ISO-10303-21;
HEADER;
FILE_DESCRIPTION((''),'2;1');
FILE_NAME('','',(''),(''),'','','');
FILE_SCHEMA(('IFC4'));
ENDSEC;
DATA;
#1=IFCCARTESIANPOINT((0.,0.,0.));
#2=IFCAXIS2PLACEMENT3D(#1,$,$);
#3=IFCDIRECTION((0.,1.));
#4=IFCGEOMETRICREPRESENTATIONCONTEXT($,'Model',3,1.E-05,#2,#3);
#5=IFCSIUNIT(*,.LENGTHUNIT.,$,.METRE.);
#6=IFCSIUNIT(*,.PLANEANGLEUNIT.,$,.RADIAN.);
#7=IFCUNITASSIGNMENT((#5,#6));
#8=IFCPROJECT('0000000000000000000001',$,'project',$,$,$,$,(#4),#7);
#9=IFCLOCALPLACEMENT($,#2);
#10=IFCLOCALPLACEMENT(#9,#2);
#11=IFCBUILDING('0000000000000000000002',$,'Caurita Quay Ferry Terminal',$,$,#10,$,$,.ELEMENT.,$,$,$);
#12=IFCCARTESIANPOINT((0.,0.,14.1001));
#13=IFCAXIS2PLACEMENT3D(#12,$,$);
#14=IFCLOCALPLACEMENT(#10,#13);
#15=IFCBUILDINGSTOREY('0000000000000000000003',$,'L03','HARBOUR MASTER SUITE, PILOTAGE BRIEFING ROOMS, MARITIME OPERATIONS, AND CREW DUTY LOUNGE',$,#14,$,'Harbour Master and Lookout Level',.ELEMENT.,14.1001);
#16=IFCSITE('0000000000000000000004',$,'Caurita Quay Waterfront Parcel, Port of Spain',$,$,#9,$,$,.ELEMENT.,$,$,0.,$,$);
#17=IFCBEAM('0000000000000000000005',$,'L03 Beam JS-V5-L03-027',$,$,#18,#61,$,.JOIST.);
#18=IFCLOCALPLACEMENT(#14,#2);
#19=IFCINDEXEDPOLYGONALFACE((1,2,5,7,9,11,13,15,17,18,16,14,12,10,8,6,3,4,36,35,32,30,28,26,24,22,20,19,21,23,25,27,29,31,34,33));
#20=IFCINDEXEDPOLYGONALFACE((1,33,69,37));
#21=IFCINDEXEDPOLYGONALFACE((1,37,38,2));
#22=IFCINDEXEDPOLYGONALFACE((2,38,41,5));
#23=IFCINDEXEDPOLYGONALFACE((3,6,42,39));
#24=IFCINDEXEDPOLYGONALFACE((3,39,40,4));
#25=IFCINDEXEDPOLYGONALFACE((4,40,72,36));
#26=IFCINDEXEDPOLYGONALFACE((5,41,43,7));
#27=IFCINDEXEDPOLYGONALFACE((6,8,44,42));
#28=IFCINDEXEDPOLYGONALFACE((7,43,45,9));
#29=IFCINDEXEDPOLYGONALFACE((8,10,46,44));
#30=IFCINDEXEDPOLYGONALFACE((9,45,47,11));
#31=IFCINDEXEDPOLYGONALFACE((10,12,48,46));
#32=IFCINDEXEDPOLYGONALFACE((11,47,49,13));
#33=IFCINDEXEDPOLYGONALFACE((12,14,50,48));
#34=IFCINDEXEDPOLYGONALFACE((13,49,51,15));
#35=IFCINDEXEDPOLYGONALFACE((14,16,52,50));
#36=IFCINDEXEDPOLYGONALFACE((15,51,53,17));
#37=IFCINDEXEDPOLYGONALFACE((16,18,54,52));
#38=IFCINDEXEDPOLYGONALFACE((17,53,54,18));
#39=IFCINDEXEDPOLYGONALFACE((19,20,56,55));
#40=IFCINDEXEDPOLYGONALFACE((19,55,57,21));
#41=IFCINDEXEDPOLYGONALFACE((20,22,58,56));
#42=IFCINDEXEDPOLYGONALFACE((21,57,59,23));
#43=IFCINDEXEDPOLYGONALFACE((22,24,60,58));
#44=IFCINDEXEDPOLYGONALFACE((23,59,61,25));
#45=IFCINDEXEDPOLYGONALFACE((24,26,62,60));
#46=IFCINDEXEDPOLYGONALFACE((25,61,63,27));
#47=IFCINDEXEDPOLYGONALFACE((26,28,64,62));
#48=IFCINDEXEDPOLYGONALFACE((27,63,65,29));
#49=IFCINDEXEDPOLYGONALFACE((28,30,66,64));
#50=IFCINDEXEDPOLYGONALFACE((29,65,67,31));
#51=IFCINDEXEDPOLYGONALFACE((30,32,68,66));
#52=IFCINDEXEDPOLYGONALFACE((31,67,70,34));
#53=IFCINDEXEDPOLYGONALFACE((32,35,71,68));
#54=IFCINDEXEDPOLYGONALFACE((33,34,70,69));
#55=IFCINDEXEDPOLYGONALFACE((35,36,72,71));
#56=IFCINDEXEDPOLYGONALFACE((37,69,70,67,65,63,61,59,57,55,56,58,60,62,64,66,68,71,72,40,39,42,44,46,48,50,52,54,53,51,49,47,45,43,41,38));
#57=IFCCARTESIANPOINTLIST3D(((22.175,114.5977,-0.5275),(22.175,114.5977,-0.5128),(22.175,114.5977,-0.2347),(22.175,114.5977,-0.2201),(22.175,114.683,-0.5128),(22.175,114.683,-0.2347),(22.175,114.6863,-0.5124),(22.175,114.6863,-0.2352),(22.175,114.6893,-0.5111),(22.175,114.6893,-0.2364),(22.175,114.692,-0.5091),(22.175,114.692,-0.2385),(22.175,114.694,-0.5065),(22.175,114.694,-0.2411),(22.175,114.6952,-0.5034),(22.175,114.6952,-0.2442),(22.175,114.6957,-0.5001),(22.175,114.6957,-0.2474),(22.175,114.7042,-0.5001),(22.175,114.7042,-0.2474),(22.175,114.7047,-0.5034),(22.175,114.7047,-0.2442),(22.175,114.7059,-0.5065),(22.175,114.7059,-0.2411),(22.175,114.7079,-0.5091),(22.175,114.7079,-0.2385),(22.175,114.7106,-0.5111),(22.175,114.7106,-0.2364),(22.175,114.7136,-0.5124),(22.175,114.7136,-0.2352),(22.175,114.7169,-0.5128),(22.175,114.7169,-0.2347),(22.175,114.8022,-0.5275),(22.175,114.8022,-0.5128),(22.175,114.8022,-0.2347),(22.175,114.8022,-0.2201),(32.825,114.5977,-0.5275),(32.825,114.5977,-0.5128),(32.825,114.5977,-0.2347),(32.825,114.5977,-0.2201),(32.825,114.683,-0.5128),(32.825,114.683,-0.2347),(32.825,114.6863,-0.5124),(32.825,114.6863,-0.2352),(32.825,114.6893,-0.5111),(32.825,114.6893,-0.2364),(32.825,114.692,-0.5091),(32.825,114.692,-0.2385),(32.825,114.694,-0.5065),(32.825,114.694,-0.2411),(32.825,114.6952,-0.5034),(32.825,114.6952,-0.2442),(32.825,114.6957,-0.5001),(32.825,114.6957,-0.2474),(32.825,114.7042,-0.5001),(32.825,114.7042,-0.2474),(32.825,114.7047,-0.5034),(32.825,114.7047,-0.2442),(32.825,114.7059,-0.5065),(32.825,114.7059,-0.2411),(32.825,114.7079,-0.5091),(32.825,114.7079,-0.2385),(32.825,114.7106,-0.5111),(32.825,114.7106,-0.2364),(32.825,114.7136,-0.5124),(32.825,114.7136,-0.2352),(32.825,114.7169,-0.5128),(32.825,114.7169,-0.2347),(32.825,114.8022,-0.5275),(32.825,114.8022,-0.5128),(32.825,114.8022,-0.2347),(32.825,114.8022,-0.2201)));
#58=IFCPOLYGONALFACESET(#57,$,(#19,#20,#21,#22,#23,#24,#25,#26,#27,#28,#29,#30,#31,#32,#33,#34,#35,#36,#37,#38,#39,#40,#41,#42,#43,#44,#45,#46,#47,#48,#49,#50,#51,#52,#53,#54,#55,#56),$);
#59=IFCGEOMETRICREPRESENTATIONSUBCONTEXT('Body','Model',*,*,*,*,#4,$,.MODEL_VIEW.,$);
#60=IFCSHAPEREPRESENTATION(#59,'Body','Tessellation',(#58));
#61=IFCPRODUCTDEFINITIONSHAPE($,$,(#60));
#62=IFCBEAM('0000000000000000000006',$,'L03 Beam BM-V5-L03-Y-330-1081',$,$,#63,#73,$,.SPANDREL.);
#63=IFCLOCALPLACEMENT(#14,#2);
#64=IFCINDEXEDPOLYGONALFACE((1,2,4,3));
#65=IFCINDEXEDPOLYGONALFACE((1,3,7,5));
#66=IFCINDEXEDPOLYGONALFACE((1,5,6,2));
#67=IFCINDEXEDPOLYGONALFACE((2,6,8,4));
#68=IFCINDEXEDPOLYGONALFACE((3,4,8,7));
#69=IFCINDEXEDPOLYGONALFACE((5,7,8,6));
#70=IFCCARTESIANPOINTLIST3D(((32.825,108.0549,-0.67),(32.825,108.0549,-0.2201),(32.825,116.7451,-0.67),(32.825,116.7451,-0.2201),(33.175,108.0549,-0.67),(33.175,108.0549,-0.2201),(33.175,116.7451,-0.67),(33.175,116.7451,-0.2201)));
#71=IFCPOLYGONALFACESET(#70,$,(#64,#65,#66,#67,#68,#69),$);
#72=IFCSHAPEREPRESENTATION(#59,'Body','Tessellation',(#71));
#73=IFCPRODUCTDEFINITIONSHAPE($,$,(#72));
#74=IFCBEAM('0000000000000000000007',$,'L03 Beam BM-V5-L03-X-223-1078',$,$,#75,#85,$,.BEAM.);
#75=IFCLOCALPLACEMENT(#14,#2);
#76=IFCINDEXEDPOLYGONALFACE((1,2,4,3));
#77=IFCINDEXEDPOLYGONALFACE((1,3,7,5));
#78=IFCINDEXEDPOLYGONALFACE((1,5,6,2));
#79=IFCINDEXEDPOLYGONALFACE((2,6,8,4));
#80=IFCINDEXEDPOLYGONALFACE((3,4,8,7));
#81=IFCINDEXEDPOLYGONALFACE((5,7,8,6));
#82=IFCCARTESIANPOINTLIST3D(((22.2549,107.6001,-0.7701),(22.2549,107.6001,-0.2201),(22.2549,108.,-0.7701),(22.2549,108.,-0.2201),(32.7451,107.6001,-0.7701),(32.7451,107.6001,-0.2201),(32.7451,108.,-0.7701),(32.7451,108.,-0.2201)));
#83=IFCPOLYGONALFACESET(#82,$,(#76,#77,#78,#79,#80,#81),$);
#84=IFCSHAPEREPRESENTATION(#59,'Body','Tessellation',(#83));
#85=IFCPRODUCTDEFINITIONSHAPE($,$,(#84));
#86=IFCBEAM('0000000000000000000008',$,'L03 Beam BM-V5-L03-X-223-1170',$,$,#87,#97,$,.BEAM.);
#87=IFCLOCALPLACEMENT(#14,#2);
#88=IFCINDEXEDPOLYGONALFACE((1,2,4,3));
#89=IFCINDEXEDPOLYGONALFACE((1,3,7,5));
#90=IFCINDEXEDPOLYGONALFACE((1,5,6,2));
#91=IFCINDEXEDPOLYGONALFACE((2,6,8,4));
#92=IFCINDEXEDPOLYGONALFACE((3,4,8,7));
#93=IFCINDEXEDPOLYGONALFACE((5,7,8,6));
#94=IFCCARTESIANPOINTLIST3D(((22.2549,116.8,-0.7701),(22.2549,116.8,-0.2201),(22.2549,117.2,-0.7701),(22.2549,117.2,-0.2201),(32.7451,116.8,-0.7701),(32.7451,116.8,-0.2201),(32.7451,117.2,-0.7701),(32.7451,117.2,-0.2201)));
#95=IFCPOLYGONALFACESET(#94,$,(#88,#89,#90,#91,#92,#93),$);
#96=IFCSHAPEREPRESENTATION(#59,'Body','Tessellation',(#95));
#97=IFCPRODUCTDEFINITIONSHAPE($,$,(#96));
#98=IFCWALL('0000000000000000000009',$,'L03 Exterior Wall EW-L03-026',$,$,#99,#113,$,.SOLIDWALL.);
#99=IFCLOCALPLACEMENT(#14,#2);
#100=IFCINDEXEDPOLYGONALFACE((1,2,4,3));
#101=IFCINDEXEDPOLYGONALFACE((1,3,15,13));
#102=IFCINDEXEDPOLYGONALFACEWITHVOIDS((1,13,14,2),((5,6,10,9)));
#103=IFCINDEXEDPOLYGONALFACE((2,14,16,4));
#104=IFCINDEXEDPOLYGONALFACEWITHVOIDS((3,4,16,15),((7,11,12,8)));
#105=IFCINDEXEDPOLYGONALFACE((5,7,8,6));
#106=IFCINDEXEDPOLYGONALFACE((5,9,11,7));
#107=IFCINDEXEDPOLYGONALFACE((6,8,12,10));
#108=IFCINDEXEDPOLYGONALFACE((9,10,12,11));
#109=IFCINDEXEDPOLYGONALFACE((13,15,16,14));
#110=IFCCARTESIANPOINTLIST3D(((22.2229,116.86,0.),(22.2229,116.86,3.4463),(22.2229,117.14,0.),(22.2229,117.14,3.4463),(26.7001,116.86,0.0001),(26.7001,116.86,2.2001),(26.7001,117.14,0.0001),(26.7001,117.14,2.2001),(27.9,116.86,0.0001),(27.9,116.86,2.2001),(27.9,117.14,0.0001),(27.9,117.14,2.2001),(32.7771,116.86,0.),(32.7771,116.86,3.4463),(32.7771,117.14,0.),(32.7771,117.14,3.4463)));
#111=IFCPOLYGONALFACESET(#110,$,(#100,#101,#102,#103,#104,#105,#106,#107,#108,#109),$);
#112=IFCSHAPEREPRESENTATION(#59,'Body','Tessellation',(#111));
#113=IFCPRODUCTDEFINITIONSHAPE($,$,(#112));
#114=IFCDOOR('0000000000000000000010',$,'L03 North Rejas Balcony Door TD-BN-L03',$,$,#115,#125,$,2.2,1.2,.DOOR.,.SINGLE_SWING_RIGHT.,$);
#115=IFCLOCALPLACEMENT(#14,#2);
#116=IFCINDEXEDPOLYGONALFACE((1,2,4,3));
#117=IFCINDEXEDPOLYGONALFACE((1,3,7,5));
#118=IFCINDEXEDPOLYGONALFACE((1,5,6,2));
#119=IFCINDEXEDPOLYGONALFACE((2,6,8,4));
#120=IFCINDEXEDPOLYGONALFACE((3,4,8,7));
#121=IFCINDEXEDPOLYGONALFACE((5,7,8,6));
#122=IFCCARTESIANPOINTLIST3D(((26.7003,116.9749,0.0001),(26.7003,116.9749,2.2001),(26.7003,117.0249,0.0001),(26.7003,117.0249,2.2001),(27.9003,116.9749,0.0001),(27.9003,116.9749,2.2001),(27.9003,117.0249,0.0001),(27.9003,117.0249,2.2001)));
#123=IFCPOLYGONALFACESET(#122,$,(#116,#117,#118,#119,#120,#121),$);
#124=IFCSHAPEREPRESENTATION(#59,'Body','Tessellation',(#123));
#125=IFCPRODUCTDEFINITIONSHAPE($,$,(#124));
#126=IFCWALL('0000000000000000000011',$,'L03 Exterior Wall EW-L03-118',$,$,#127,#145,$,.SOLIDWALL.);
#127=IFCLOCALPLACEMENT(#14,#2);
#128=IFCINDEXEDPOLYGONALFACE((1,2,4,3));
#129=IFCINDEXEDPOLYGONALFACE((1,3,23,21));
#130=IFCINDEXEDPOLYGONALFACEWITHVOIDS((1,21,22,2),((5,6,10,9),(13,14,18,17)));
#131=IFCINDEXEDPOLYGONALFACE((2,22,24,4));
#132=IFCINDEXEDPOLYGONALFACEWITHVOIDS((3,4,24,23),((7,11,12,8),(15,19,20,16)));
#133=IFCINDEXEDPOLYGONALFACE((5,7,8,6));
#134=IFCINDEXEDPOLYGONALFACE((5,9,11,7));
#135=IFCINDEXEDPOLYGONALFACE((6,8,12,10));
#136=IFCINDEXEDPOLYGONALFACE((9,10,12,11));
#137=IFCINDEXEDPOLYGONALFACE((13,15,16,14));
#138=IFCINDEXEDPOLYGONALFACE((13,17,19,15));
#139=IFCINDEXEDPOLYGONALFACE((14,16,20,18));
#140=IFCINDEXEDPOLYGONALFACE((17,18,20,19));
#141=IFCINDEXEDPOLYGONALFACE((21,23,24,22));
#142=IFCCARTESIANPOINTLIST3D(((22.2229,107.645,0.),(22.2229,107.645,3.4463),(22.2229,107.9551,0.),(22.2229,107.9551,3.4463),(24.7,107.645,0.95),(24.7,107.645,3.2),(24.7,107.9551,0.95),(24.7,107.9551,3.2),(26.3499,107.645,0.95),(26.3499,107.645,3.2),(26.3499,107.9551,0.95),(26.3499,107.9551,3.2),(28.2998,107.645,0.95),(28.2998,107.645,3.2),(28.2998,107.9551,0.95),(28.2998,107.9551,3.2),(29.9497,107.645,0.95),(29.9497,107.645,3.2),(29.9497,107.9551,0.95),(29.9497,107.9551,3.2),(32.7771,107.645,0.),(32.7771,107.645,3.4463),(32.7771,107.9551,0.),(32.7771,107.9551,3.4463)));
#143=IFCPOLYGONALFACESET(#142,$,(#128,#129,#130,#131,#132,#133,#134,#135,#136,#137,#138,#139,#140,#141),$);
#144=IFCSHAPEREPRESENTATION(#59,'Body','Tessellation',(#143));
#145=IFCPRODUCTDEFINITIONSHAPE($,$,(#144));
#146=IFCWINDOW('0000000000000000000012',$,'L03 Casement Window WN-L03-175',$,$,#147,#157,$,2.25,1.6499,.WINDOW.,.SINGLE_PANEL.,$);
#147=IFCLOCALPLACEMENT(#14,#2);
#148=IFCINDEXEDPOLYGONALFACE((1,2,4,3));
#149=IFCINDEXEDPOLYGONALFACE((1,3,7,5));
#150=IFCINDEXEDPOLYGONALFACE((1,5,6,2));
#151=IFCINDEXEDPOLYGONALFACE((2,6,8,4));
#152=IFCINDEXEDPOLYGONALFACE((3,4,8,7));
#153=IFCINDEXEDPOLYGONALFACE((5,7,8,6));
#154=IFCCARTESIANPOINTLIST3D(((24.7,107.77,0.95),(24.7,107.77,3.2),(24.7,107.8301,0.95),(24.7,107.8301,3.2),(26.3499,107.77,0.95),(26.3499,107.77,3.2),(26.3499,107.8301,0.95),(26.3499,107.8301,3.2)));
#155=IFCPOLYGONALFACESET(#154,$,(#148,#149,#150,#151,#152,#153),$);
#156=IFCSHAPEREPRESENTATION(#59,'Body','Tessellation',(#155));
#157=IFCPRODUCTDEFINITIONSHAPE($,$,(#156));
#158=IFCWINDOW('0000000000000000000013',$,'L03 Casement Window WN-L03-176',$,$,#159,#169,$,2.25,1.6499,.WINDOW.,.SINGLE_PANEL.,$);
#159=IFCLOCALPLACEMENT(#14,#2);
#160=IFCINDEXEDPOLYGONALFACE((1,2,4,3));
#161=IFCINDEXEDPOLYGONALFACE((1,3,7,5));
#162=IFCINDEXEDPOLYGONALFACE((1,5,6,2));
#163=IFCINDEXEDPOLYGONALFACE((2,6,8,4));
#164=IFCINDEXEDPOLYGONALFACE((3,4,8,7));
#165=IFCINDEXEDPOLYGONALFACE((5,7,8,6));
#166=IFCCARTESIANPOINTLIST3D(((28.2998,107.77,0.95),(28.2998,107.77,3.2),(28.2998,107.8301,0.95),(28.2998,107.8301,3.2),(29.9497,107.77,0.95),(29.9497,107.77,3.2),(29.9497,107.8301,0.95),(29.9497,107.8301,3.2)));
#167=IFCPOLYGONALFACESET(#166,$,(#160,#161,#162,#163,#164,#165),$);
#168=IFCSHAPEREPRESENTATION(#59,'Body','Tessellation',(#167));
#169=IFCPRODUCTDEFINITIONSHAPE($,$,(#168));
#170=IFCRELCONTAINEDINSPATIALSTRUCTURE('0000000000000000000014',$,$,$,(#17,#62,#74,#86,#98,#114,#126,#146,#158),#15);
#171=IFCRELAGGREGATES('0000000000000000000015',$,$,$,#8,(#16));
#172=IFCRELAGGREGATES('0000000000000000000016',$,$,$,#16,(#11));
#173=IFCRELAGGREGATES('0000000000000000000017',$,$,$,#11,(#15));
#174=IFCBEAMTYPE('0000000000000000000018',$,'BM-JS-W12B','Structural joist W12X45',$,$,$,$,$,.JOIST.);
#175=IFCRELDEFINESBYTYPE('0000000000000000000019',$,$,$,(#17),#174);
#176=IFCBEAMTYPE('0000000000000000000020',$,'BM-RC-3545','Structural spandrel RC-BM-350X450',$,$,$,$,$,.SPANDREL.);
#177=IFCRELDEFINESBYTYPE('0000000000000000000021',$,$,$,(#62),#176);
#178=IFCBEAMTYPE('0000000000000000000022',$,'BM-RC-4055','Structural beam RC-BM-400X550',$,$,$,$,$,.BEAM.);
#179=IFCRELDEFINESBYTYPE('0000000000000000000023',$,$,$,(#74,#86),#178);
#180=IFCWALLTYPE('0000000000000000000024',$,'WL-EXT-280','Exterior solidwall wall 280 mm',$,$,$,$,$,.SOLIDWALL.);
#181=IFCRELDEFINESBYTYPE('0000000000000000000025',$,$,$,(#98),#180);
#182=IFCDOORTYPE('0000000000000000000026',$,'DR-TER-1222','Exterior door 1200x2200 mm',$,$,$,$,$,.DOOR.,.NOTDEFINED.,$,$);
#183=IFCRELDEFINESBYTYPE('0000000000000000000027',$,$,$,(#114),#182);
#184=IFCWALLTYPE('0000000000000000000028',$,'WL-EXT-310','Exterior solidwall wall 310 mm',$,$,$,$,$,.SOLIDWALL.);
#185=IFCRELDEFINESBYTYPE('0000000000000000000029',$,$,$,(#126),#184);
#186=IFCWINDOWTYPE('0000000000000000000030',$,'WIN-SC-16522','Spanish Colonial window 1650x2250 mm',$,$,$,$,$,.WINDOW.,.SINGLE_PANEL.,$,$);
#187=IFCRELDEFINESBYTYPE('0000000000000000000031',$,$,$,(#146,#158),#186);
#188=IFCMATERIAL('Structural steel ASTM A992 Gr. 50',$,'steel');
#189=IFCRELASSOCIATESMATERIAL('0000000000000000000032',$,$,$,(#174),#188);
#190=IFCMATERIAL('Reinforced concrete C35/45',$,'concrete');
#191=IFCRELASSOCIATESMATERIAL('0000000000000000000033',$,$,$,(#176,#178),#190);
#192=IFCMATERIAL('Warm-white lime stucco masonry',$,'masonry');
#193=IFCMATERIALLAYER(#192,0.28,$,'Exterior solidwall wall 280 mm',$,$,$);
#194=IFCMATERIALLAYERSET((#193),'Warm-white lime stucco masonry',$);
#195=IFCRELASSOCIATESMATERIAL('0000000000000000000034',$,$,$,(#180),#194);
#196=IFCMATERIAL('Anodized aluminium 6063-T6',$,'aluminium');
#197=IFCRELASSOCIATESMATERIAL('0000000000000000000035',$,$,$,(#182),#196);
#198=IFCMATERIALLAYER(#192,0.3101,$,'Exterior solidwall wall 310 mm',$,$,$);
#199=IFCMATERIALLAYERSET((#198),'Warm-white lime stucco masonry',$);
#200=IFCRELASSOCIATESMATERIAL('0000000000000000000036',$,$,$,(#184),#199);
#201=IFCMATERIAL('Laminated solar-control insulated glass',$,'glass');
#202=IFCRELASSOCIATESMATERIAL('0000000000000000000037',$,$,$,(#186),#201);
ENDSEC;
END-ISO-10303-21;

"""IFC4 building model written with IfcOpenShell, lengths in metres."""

from ifc_helpers import new_model, si_unit, direction, frame, frame_2d, origin, origin_2d, place, context, subcontext, project, spatial, rectangle, i_section, extrude, material, layer, layer_set, material_profile, profile_set, type_object, element, fill, save


model = new_model("IFC4")

# Units and contexts
model_context = context("Model", 3, precision=1e-05, world=origin(), true_north=direction((0.0, 1.0)))
body_context = subcontext(model_context, "Body", "Model", "MODEL_VIEW")
ifc_project = project(units=[si_unit("LENGTHUNIT", "METRE"), si_unit("PLANEANGLEUNIT", "RADIAN")], contexts=[model_context])

# Site, building, storey
site_placement = place(None, origin())
site = spatial("IfcSite", under=ifc_project, at=site_placement, Name="Caurita Quay Waterfront Parcel, Port of Spain", CompositionType="ELEMENT", RefElevation=0.0)
building_placement = place(site_placement, origin())
building = spatial("IfcBuilding", under=site, at=building_placement, Name="Caurita Quay Ferry Terminal", CompositionType="ELEMENT")
storey_placement = place(building_placement, frame((0.0, 0.0, 14.1001)))
storey = spatial("IfcBuildingStorey", under=building, at=storey_placement, Name="L03", Description="HARBOUR MASTER SUITE, PILOTAGE BRIEFING ROOMS, MARITIME OPERATIONS, AND CREW DUTY LOUNGE", LongName="Harbour Master and Lookout Level", CompositionType="ELEMENT", Elevation=14.1001)

# Shared definitions
ifc_material_1 = material(Name="Reinforced concrete C35/45", Category="concrete")

# Beams
ifc_material_2 = material(Name="Structural steel ASTM A992 Gr. 50", Category="steel")
ifc_material_profile_1 = material_profile(ifc_material_2, i_section(OverallWidth=0.2046, OverallDepth=0.3074, WebThickness=0.0085, FlangeThickness=0.0146, FilletRadius=0.0127, at=origin_2d()), Name="W12X45")
ifc_profile_set_1 = profile_set([ifc_material_profile_1], Name="Structural steel ASTM A992 Gr. 50")
beam_type_1 = type_object("IfcBeamType", Name="BM-JS-W12B", Description="Structural joist W12X45", PredefinedType="JOIST", material=ifc_profile_set_1)
for number, where, z_axis, x_axis, name in (
    (1, (22.175, 114.7, -0.3738), (1.0, 0.0, 0.0), (0.0, 1.0, 0.0), "L03 Beam JS-V5-L03-027"),
):
    element("IfcBeam", number, at=place(storey_placement, frame(where, z_axis=z_axis, x_axis=x_axis)), inside=storey, type_object=beam_type_1, Name=name, PredefinedType="JOIST", context=body_context, shape_type="SweptSolid", body=[
        extrude(i_section(OverallWidth=0.2046, OverallDepth=0.3074, WebThickness=0.0085, FlangeThickness=0.0146, FilletRadius=0.0127, at=origin_2d()), origin(), (0.0, 0.0, 1.0), 10.6499),
    ])
ifc_material_profile_2 = material_profile(ifc_material_1, rectangle(XDim=0.3501, YDim=0.45, at=origin_2d()), Name="RC-BM-350X450")
ifc_profile_set_2 = profile_set([ifc_material_profile_2], Name="Reinforced concrete C35/45")
beam_type_2 = type_object("IfcBeamType", Name="BM-RC-3545", Description="Structural spandrel RC-BM-350X450", PredefinedType="SPANDREL", material=ifc_profile_set_2)
beam_1_placement = place(storey_placement, frame((33.0, 108.0549, -0.4451), z_axis=(0.0, 1.0, 0.0), x_axis=(-1.0, 0.0, 0.0)))
element("IfcBeam", 2, at=beam_1_placement, inside=storey, type_object=beam_type_2, Name="L03 Beam BM-V5-L03-Y-330-1081", PredefinedType="SPANDREL", context=body_context, shape_type="SweptSolid", body=[
    extrude(rectangle(XDim=0.3501, YDim=0.45, at=origin_2d()), origin(), (0.0, 0.0, 1.0), 8.6902),
])
ifc_material_profile_3 = material_profile(ifc_material_1, rectangle(XDim=0.3999, YDim=0.55, at=origin_2d()), Name="RC-BM-400X550")
ifc_profile_set_3 = profile_set([ifc_material_profile_3], Name="Reinforced concrete C35/45")
beam_type_3 = type_object("IfcBeamType", Name="BM-RC-4055", Description="Structural beam RC-BM-400X550", PredefinedType="BEAM", material=ifc_profile_set_3)
for number, where, z_axis, x_axis, name in (
    (3, (22.2549, 107.8, -0.4951), (1.0, 0.0, 0.0), (0.0, 1.0, 0.0), "L03 Beam BM-V5-L03-X-223-1078"),
    (4, (22.2549, 117.0, -0.4951), (1.0, 0.0, 0.0), (0.0, 1.0, 0.0), "L03 Beam BM-V5-L03-X-223-1170"),
):
    element("IfcBeam", number, at=place(storey_placement, frame(where, z_axis=z_axis, x_axis=x_axis)), inside=storey, type_object=beam_type_3, Name=name, PredefinedType="BEAM", context=body_context, shape_type="SweptSolid", body=[
        extrude(rectangle(XDim=0.3999, YDim=0.55, at=origin_2d()), origin(), (0.0, 0.0, 1.0), 10.4902),
    ])

# Wall, opening, door
ifc_material_3 = material(Name="Warm-white lime stucco masonry", Category="masonry")
ifc_layer_1 = layer(ifc_material_3, 0.28, Name="Exterior solidwall wall 280 mm")
ifc_layer_set_1 = layer_set([ifc_layer_1], Name="Warm-white lime stucco masonry")
wall_type_1 = type_object("IfcWallType", Name="WL-EXT-280", Description="Exterior solidwall wall 280 mm", PredefinedType="SOLIDWALL", material=ifc_layer_set_1)
wall_1_placement = place(storey_placement, frame((32.7771, 117.0, 0.0), z_axis=(0.0, 0.0, 1.0), x_axis=(-1.0, 0.0, 0.0)))
wall_1 = element("IfcWall", 5, at=wall_1_placement, inside=storey, type_object=wall_type_1, Name="L03 Exterior Wall EW-L03-026", PredefinedType="SOLIDWALL", context=body_context, shape_type="SweptSolid", body=[
    extrude(rectangle(XDim=10.5542, YDim=0.28, at=frame_2d((5.2771, 0.0))), origin(), (0.0, 0.0, 1.0), 3.4463),
])
opening_1_placement = place(wall_1_placement, frame((4.877, 0.0, 0.0)))
opening_1 = element("IfcOpeningElement", 6, at=opening_1_placement, cuts=wall_1, PredefinedType="OPENING", context=body_context, shape_type="SweptSolid", body=[
    extrude(rectangle(XDim=1.2, YDim=2.2, at=frame_2d((0.6001, 1.1001))), frame((0.0, 0.1499, 0.0), z_axis=(0.0, -1.0, 0.0), x_axis=(1.0, 0.0, 0.0)), (0.0, 0.0, 1.0), 0.3),
])
ifc_material_4 = material(Name="Anodized aluminium 6063-T6", Category="aluminium")
door_type_1 = type_object("IfcDoorType", Name="DR-TER-1222", Description="Exterior door 1200x2200 mm", OperationType="NOTDEFINED", PredefinedType="DOOR", material=ifc_material_4)
door_1_placement = place(opening_1_placement, frame((1.2, 0.0, 0.0), z_axis=(0.0, 0.0, 1.0), x_axis=(-1.0, 0.0, 0.0)))
door_1 = element("IfcDoor", 7, at=door_1_placement, inside=storey, type_object=door_type_1, Name="L03 North Rejas Balcony Door TD-BN-L03", OperationType="SINGLE_SWING_RIGHT", OverallHeight=2.2, OverallWidth=1.2, PredefinedType="DOOR", context=body_context, shape_type="SweptSolid", body=[
    extrude(rectangle(XDim=1.2, YDim=2.2, at=frame_2d((0.6001, 1.1001))), frame((0.0, 0.0249, 0.0), z_axis=(0.0, -1.0, 0.0), x_axis=(1.0, 0.0, 0.0)), (0.0, 0.0, 1.0), 0.05),
])
fill(opening_1, door_1)

# Wall, openings, windows
ifc_layer_2 = layer(ifc_material_3, 0.3101, Name="Exterior solidwall wall 310 mm")
ifc_layer_set_2 = layer_set([ifc_layer_2], Name="Warm-white lime stucco masonry")
wall_type_2 = type_object("IfcWallType", Name="WL-EXT-310", Description="Exterior solidwall wall 310 mm", PredefinedType="SOLIDWALL", material=ifc_layer_set_2)
wall_2_placement = place(storey_placement, frame((22.2229, 107.8, 0.0), z_axis=(0.0, 0.0, 1.0), x_axis=(1.0, 0.0, 0.0)))
wall_2 = element("IfcWall", 8, at=wall_2_placement, inside=storey, type_object=wall_type_2, Name="L03 Exterior Wall EW-L03-118", PredefinedType="SOLIDWALL", context=body_context, shape_type="SweptSolid", body=[
    extrude(rectangle(XDim=10.5542, YDim=0.3101, at=frame_2d((5.2771, 0.0))), origin(), (0.0, 0.0, 1.0), 3.4463),
])
opening_2_placement = place(wall_2_placement, frame((2.4771, 0.0, 0.95)))
opening_2 = element("IfcOpeningElement", 9, at=opening_2_placement, cuts=wall_2, PredefinedType="OPENING", context=body_context, shape_type="SweptSolid", body=[
    extrude(rectangle(XDim=1.6499, YDim=2.25, at=frame_2d((0.825, 1.125))), frame((0.0, 0.165, 0.0), z_axis=(0.0, -1.0, 0.0), x_axis=(1.0, 0.0, 0.0)), (0.0, 0.0, 1.0), 0.3301),
])
opening_3_placement = place(wall_2_placement, frame((6.0769, 0.0, 0.95)))
opening_3 = element("IfcOpeningElement", 10, at=opening_3_placement, cuts=wall_2, PredefinedType="OPENING", context=body_context, shape_type="SweptSolid", body=[
    extrude(rectangle(XDim=1.6499, YDim=2.25, at=frame_2d((0.825, 1.125))), frame((0.0, 0.165, 0.0), z_axis=(0.0, -1.0, 0.0), x_axis=(1.0, 0.0, 0.0)), (0.0, 0.0, 1.0), 0.3301),
])
ifc_material_5 = material(Name="Laminated solar-control insulated glass", Category="glass")
window_type = type_object("IfcWindowType", Name="WIN-SC-16522", Description="Spanish Colonial window 1650x2250 mm", PartitioningType="SINGLE_PANEL", PredefinedType="WINDOW", material=ifc_material_5)
window_1_placement = place(opening_2_placement, origin())
window_1 = element("IfcWindow", 11, at=window_1_placement, inside=storey, type_object=window_type, Name="L03 Casement Window WN-L03-175", OverallHeight=2.25, OverallWidth=1.6499, PartitioningType="SINGLE_PANEL", PredefinedType="WINDOW", context=body_context, shape_type="SweptSolid", body=[
    extrude(rectangle(XDim=1.6499, YDim=2.25, at=frame_2d((0.825, 1.125))), frame((0.0, 0.03, 0.0), z_axis=(0.0, -1.0, 0.0), x_axis=(1.0, 0.0, 0.0)), (0.0, 0.0, 1.0), 0.0601),
])
fill(opening_2, window_1)
window_2_placement = place(opening_3_placement, origin())
window_2 = element("IfcWindow", 12, at=window_2_placement, inside=storey, type_object=window_type, Name="L03 Casement Window WN-L03-176", OverallHeight=2.25, OverallWidth=1.6499, PartitioningType="SINGLE_PANEL", PredefinedType="WINDOW", context=body_context, shape_type="SweptSolid", body=[
    extrude(rectangle(XDim=1.6499, YDim=2.25, at=frame_2d((0.825, 1.125))), frame((0.0, 0.03, 0.0), z_axis=(0.0, -1.0, 0.0), x_axis=(1.0, 0.0, 0.0)), (0.0, 0.0, 1.0), 0.0601),
])
fill(opening_3, window_2)

save(model, "model.ifc")
